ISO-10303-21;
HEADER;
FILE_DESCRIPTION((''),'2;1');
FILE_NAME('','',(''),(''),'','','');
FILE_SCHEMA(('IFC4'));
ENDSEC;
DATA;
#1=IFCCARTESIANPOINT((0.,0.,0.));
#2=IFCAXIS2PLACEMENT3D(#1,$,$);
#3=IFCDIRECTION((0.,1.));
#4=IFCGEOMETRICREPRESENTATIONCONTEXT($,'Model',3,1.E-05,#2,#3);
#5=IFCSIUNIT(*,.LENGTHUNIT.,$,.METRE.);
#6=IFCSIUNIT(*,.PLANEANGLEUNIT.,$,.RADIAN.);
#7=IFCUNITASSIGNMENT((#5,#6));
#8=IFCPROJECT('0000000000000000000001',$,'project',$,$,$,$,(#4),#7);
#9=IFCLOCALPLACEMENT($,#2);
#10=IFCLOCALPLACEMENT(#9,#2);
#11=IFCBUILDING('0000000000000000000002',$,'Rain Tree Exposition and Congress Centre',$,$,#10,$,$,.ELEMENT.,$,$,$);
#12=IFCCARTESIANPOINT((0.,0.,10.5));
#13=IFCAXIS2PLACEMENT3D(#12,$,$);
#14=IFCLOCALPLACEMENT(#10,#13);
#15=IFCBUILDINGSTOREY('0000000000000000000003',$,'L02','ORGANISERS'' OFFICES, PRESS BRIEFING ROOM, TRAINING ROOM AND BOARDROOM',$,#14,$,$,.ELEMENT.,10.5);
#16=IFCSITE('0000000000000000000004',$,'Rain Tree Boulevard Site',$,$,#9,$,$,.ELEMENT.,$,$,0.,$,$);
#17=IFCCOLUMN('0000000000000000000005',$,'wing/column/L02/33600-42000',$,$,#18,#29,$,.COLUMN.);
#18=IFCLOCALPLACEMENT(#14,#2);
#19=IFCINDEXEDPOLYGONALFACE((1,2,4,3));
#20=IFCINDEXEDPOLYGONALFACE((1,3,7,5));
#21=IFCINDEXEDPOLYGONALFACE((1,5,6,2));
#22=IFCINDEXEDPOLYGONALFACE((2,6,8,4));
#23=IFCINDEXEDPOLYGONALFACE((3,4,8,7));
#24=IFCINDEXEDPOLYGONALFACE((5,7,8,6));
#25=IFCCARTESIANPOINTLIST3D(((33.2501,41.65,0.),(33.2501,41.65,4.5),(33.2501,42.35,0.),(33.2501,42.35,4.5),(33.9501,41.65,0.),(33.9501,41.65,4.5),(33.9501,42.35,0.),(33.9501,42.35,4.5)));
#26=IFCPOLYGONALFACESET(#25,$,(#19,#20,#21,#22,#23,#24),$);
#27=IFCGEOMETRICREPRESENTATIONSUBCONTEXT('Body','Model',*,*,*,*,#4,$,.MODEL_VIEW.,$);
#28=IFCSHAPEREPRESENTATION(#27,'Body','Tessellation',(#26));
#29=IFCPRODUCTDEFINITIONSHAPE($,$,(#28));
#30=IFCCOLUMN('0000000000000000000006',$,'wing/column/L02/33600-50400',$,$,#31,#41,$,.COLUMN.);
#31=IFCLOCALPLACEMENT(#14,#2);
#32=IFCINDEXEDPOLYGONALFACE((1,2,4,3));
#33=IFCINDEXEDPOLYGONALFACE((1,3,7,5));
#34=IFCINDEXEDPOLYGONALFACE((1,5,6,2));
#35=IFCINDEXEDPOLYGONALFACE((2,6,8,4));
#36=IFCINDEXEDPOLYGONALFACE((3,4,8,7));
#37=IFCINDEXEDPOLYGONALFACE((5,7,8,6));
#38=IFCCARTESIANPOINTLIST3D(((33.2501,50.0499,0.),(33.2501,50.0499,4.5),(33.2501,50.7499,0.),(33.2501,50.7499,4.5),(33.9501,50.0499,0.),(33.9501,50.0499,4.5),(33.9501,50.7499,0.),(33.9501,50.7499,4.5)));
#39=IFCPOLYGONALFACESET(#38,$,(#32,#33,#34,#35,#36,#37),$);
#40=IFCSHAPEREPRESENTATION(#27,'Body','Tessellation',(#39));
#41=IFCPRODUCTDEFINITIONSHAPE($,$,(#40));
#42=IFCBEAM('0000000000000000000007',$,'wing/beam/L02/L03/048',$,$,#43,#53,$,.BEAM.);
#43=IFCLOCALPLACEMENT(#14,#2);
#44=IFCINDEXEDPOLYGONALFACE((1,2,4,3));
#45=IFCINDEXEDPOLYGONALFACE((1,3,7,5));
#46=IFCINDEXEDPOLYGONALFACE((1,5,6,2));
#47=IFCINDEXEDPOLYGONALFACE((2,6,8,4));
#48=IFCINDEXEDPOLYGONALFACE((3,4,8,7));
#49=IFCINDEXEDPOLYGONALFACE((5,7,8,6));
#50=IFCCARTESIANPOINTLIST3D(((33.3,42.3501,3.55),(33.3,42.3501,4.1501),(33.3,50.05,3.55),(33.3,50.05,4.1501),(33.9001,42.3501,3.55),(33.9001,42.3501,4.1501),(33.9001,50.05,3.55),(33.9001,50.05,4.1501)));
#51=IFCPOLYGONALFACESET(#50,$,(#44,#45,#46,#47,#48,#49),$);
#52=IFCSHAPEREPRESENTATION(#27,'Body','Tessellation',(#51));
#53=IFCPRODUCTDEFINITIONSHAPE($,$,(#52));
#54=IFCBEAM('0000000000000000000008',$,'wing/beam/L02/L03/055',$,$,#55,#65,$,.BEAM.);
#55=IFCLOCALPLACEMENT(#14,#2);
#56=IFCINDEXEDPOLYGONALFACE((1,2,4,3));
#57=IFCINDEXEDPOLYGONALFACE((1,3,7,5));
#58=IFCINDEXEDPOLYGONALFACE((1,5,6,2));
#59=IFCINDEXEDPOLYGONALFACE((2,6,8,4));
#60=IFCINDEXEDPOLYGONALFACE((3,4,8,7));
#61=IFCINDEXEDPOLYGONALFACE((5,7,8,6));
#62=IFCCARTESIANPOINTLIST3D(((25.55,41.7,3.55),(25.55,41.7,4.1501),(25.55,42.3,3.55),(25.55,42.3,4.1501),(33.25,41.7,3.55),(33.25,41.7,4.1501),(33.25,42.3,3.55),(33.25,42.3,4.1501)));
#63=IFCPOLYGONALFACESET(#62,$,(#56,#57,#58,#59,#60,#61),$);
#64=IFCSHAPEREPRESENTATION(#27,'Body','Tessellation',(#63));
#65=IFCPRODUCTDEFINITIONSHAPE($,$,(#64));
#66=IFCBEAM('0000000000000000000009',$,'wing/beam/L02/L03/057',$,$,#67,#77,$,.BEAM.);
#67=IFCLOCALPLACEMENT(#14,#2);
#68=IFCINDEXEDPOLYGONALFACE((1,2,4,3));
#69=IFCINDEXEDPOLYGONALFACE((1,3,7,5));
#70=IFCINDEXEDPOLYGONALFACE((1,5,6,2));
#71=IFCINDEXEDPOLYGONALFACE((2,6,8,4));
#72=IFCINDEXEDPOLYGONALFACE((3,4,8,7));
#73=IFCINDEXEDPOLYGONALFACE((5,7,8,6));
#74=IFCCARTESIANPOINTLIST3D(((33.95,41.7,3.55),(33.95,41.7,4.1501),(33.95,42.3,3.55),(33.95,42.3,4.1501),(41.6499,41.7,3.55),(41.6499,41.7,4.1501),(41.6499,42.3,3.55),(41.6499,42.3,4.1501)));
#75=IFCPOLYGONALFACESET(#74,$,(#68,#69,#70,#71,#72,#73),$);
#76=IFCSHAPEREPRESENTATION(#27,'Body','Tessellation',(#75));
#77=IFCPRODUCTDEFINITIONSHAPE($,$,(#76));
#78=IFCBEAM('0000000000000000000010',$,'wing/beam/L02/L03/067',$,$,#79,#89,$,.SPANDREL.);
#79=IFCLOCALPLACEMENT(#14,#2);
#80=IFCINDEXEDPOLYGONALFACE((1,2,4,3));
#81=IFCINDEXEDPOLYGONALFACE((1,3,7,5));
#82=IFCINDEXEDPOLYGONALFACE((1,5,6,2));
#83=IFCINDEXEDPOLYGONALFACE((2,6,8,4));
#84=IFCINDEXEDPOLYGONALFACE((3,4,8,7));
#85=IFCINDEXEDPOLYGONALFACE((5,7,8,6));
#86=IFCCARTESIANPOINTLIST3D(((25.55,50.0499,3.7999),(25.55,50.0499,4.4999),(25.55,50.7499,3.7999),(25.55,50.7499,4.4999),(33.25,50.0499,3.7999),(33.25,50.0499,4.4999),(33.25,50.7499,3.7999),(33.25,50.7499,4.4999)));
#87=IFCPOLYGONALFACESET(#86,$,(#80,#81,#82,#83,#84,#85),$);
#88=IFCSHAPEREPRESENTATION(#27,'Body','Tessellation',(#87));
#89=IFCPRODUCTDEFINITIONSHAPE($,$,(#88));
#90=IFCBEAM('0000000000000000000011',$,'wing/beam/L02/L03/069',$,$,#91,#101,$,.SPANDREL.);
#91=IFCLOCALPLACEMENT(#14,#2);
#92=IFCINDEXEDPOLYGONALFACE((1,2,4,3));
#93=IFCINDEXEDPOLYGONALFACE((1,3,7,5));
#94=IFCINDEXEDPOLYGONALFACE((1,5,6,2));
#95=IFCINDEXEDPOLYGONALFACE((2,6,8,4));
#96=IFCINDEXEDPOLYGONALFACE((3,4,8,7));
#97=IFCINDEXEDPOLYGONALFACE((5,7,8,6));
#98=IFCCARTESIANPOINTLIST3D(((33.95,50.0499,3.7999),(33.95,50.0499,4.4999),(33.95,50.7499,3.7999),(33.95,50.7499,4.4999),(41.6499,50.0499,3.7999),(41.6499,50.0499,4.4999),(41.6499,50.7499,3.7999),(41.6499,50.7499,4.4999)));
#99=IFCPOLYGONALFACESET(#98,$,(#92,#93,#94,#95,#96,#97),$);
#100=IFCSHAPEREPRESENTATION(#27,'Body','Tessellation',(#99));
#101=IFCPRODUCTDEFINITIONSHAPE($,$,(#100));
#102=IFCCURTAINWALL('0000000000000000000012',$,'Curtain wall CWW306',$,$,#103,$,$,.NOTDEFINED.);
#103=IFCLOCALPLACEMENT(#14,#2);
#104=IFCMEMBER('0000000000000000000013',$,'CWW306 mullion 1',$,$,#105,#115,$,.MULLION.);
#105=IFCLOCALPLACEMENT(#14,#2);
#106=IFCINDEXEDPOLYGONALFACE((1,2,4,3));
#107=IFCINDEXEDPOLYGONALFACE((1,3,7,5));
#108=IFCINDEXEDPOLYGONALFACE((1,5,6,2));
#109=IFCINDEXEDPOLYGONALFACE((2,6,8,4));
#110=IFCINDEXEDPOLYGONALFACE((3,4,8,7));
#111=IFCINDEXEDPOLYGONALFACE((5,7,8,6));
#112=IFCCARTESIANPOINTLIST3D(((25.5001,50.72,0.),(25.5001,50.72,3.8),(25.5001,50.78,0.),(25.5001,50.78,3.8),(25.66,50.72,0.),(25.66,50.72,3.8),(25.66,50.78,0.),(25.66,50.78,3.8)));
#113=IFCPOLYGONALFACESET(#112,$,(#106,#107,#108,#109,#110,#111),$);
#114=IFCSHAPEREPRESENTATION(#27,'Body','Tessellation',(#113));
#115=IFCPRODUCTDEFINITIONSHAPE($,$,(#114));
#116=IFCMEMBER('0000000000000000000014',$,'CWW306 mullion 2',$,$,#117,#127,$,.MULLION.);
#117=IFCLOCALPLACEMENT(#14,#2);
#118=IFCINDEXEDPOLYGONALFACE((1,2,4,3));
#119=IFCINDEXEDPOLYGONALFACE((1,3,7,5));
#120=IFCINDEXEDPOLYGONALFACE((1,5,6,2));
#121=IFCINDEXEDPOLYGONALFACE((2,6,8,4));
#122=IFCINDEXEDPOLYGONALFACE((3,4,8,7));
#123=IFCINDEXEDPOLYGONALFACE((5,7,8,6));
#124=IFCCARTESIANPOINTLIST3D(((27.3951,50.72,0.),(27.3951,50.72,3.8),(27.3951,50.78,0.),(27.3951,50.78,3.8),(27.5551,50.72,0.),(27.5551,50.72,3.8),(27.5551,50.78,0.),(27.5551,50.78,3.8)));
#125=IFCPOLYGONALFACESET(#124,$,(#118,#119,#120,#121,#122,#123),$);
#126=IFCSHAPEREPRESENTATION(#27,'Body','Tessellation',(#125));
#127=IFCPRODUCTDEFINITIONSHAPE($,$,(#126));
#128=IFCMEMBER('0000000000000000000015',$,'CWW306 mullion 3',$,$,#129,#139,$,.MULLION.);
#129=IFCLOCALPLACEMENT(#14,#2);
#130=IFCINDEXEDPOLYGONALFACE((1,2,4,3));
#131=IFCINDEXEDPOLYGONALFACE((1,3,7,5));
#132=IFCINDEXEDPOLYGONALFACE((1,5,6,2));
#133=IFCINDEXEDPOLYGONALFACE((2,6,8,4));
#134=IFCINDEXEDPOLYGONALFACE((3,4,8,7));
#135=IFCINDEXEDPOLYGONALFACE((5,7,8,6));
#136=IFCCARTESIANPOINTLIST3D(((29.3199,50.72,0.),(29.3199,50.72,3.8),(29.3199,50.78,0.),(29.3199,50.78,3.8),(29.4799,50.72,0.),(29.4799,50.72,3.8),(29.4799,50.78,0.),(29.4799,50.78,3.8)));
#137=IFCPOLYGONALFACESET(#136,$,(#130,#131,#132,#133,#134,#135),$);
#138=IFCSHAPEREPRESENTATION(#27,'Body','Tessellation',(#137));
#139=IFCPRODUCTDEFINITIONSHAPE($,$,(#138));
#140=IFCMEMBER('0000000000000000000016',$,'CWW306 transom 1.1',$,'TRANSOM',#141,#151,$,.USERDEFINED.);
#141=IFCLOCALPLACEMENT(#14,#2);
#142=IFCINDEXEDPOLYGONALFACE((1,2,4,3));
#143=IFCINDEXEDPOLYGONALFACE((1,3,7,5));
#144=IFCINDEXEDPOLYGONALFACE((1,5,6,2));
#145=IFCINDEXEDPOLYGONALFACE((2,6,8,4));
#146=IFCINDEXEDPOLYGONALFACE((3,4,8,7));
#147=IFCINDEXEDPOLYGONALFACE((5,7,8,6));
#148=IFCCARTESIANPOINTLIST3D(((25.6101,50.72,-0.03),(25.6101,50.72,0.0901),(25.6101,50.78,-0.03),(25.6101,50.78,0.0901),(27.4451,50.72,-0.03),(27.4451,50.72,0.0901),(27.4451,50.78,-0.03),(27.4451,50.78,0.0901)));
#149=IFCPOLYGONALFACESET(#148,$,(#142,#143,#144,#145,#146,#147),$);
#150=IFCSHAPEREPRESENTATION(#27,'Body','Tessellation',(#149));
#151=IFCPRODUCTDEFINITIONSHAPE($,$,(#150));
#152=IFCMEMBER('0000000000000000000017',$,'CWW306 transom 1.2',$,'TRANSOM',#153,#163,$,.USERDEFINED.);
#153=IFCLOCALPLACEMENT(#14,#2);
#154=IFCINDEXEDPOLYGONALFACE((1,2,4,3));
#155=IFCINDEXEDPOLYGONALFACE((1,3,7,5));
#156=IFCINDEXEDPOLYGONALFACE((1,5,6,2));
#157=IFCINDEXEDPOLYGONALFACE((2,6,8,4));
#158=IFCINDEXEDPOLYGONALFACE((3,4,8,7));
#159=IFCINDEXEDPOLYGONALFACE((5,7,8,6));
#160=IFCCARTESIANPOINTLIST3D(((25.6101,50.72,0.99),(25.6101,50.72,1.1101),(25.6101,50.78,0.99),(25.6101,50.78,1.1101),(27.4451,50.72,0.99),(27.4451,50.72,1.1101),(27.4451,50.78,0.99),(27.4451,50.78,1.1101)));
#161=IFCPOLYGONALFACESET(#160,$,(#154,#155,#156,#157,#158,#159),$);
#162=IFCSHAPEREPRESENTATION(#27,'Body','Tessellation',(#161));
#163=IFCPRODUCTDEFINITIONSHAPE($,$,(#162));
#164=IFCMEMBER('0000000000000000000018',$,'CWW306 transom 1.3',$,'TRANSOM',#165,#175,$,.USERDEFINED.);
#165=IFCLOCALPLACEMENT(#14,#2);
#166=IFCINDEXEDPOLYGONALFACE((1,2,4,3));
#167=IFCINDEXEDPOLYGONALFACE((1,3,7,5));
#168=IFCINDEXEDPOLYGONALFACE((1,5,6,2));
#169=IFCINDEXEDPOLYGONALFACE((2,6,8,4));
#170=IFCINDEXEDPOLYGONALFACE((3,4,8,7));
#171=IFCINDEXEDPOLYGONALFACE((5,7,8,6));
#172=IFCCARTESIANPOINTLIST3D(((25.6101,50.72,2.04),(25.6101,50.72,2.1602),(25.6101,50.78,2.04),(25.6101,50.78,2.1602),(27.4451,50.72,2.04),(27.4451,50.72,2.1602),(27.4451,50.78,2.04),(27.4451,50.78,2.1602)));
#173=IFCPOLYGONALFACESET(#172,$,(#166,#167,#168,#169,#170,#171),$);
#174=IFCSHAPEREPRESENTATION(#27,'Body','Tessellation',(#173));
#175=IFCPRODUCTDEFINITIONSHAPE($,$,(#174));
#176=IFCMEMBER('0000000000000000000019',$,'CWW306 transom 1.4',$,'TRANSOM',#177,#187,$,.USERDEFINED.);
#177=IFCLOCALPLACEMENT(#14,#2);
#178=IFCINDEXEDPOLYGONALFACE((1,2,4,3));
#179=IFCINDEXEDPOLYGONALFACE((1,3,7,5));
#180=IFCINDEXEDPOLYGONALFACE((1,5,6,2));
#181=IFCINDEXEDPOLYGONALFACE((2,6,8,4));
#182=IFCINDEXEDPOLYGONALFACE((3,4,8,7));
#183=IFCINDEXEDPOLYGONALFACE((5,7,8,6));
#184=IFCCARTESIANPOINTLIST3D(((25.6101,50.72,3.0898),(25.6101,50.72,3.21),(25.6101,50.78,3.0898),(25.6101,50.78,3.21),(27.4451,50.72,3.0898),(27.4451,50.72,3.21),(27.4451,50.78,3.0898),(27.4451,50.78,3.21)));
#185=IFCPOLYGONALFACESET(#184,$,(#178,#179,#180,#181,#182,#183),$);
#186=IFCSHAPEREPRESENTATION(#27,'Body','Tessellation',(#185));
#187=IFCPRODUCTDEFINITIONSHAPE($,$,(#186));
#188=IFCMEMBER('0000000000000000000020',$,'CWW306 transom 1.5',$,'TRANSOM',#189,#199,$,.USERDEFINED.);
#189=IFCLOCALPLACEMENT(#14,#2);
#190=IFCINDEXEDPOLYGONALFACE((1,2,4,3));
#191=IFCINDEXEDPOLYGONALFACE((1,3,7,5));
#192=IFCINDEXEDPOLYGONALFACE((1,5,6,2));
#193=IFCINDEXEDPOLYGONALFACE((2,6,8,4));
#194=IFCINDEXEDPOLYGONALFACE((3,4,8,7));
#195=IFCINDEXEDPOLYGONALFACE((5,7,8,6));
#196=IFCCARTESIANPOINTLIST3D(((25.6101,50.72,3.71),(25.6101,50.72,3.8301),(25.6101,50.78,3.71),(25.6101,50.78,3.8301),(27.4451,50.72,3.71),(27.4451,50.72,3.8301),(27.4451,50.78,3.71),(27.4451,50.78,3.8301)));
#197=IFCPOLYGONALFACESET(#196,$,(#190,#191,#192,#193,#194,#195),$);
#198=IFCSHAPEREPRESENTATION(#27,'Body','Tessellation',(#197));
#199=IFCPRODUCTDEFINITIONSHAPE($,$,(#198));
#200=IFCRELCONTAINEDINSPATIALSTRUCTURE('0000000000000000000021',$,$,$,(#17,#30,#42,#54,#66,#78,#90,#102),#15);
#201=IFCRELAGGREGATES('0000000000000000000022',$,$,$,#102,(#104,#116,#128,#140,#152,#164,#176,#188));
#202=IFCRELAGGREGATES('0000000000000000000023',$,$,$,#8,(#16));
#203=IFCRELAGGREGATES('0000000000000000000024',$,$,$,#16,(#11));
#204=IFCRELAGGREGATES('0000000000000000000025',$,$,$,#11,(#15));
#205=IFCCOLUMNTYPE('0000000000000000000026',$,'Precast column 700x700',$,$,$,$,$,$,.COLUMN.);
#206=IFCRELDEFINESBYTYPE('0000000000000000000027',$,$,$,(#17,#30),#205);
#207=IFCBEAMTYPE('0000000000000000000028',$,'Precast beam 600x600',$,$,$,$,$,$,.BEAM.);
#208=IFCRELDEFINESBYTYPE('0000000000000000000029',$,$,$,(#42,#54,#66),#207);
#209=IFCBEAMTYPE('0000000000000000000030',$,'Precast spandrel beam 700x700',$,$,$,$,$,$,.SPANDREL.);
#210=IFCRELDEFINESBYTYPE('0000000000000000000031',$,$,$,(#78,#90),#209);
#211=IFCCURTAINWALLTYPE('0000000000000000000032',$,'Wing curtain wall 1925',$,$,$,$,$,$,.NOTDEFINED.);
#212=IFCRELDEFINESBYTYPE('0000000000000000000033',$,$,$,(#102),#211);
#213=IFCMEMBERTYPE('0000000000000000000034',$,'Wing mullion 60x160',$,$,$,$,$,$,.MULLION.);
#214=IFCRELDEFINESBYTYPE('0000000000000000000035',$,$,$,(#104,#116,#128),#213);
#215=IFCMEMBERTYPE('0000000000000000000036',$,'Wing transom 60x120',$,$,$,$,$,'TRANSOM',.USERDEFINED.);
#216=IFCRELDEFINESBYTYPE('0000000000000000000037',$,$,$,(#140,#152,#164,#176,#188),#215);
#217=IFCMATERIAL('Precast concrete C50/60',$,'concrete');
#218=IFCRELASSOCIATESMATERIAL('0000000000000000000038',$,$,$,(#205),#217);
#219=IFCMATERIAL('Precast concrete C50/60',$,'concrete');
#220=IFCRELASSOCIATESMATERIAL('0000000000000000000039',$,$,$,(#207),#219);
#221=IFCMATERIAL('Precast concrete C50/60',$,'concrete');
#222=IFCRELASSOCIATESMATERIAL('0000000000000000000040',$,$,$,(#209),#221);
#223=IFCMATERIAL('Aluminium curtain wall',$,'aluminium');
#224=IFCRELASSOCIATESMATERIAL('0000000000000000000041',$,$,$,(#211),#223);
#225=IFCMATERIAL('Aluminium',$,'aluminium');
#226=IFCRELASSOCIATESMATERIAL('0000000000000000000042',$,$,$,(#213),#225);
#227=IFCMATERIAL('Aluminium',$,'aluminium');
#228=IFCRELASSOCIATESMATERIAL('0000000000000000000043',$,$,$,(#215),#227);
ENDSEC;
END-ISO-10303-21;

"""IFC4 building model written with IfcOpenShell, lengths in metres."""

from ifc_helpers import new_model, si_unit, direction, frame, origin, origin_2d, place, context, subcontext, project, spatial, rectangle, extrude, material, material_profile, profile_set, type_object, element, aggregate, save


model = new_model("IFC4")

# Units and contexts
model_context = context("Model", 3, precision=1e-05, world=origin(), true_north=direction((0.0, 1.0)))
body_context = subcontext(model_context, "Body", "Model", "MODEL_VIEW")
ifc_project = project(units=[si_unit("LENGTHUNIT", "METRE"), si_unit("PLANEANGLEUNIT", "RADIAN")], contexts=[model_context])

# Site, building, storey
site_placement = place(None, origin())
site = spatial("IfcSite", under=ifc_project, at=site_placement, Name="Rain Tree Boulevard Site", CompositionType="ELEMENT", RefElevation=0.0)
building_placement = place(site_placement, origin())
building = spatial("IfcBuilding", under=site, at=building_placement, Name="Rain Tree Exposition and Congress Centre", CompositionType="ELEMENT")
storey_placement = place(building_placement, frame((0.0, 0.0, 10.5)))
storey = spatial("IfcBuildingStorey", under=building, at=storey_placement, Name="L02", Description="ORGANISERS' OFFICES, PRESS BRIEFING ROOM, TRAINING ROOM AND BOARDROOM", CompositionType="ELEMENT", Elevation=10.5)

# Columns
ifc_material_1 = material(Name="Precast concrete C50/60", Category="concrete")
ifc_material_profile_1 = material_profile(ifc_material_1, rectangle(XDim=0.7, YDim=0.7, at=origin_2d()), Name="RC 700x700")
ifc_profile_set_1 = profile_set([ifc_material_profile_1], Name="Precast concrete C50/60")
column_type = type_object("IfcColumnType", Name="Precast column 700x700", PredefinedType="COLUMN", material=ifc_profile_set_1)
for number, where, z_axis, x_axis, name in (
    (1, (33.6001, 42.0, 0.0), (0.0, 0.0, 1.0), (1.0, 0.0, 0.0), "wing/column/L02/33600-42000"),
    (2, (33.6001, 50.3999, 0.0), (0.0, 0.0, 1.0), (1.0, 0.0, 0.0), "wing/column/L02/33600-50400"),
):
    element("IfcColumn", number, at=place(storey_placement, frame(where, z_axis=z_axis, x_axis=x_axis)), inside=storey, type_object=column_type, Name=name, PredefinedType="COLUMN", context=body_context, shape_type="SweptSolid", body=[
        extrude(rectangle(XDim=0.7, YDim=0.7, at=origin_2d()), origin(), (0.0, 0.0, 1.0), 4.5),
    ])

# Beams
ifc_material_2 = material(Name="Precast concrete C50/60", Category="concrete")
ifc_material_profile_2 = material_profile(ifc_material_2, rectangle(XDim=0.6001, YDim=0.6001, at=origin_2d()), Name="RC 600x600")
ifc_profile_set_2 = profile_set([ifc_material_profile_2], Name="Precast concrete C50/60")
beam_type_1 = type_object("IfcBeamType", Name="Precast beam 600x600", PredefinedType="BEAM", material=ifc_profile_set_2)
for number, where, z_axis, x_axis, name in (
    (3, (33.6001, 42.3501, 3.8501), (0.0, 1.0, 0.0), (-1.0, 0.0, 0.0), "wing/beam/L02/L03/048"),
    (4, (25.55, 42.0, 3.8501), (1.0, 0.0, 0.0), (0.0, 1.0, 0.0), "wing/beam/L02/L03/055"),
    (5, (33.95, 42.0, 3.8501), (1.0, 0.0, 0.0), (0.0, 1.0, 0.0), "wing/beam/L02/L03/057"),
):
    element("IfcBeam", number, at=place(storey_placement, frame(where, z_axis=z_axis, x_axis=x_axis)), inside=storey, type_object=beam_type_1, Name=name, PredefinedType="BEAM", context=body_context, shape_type="SweptSolid", body=[
        extrude(rectangle(XDim=0.6001, YDim=0.6001, at=origin_2d()), origin(), (0.0, 0.0, 1.0), 7.7),
    ])
ifc_material_3 = material(Name="Precast concrete C50/60", Category="concrete")
ifc_material_profile_3 = material_profile(ifc_material_3, rectangle(XDim=0.7, YDim=0.7, at=origin_2d()), Name="RC 700x700")
ifc_profile_set_3 = profile_set([ifc_material_profile_3], Name="Precast concrete C50/60")
beam_type_2 = type_object("IfcBeamType", Name="Precast spandrel beam 700x700", PredefinedType="SPANDREL", material=ifc_profile_set_3)
for number, where, z_axis, x_axis, name in (
    (6, (25.55, 50.3999, 4.1499), (1.0, 0.0, 0.0), (0.0, 1.0, 0.0), "wing/beam/L02/L03/067"),
    (7, (33.95, 50.3999, 4.1499), (1.0, 0.0, 0.0), (0.0, 1.0, 0.0), "wing/beam/L02/L03/069"),
):
    element("IfcBeam", number, at=place(storey_placement, frame(where, z_axis=z_axis, x_axis=x_axis)), inside=storey, type_object=beam_type_2, Name=name, PredefinedType="SPANDREL", context=body_context, shape_type="SweptSolid", body=[
        extrude(rectangle(XDim=0.7, YDim=0.7, at=origin_2d()), origin(), (0.0, 0.0, 1.0), 7.7),
    ])

# Curtain wall, members
ifc_material_4 = material(Name="Aluminium curtain wall", Category="aluminium")
curtain_wall_type = type_object("IfcCurtainWallType", Name="Wing curtain wall 1925", PredefinedType="NOTDEFINED", material=ifc_material_4)
curtain_wall_placement = place(storey_placement, origin())
curtain_wall = element("IfcCurtainWall", 8, at=curtain_wall_placement, inside=storey, type_object=curtain_wall_type, Name="Curtain wall CWW306", PredefinedType="NOTDEFINED")
ifc_material_5 = material(Name="Aluminium", Category="aluminium")
ifc_material_profile_4 = material_profile(ifc_material_5, rectangle(XDim=0.0601, YDim=0.1599, at=origin_2d()), Name="Aluminium 60x160")
ifc_profile_set_4 = profile_set([ifc_material_profile_4], Name="Aluminium")
member_type_1 = type_object("IfcMemberType", Name="Wing mullion 60x160", PredefinedType="MULLION", material=ifc_profile_set_4)
member_1_placement = place(storey_placement, frame((25.5801, 50.75, 0.0), z_axis=(0.0, 0.0, 1.0), x_axis=(0.0, 1.0, 0.0)))
member_1 = element("IfcMember", 9, at=member_1_placement, type_object=member_type_1, Name="CWW306 mullion 1", PredefinedType="MULLION", context=body_context, shape_type="SweptSolid", body=[
    extrude(rectangle(XDim=0.0601, YDim=0.1599, at=origin_2d()), origin(), (0.0, 0.0, 1.0), 3.8),
])
member_2_placement = place(storey_placement, frame((27.4751, 50.75, 0.0), z_axis=(0.0, 0.0, 1.0), x_axis=(0.0, 1.0, 0.0)))
member_2 = element("IfcMember", 10, at=member_2_placement, type_object=member_type_1, Name="CWW306 mullion 2", PredefinedType="MULLION", context=body_context, shape_type="SweptSolid", body=[
    extrude(rectangle(XDim=0.0601, YDim=0.1599, at=origin_2d()), origin(), (0.0, 0.0, 1.0), 3.8),
])
member_3_placement = place(storey_placement, frame((29.3999, 50.75, 0.0), z_axis=(0.0, 0.0, 1.0), x_axis=(0.0, 1.0, 0.0)))
member_3 = element("IfcMember", 11, at=member_3_placement, type_object=member_type_1, Name="CWW306 mullion 3", PredefinedType="MULLION", context=body_context, shape_type="SweptSolid", body=[
    extrude(rectangle(XDim=0.0601, YDim=0.1599, at=origin_2d()), origin(), (0.0, 0.0, 1.0), 3.8),
])
ifc_material_6 = material(Name="Aluminium", Category="aluminium")
ifc_material_profile_5 = material_profile(ifc_material_6, rectangle(XDim=0.0601, YDim=0.1201, at=origin_2d()), Name="Aluminium 60x120")
ifc_profile_set_5 = profile_set([ifc_material_profile_5], Name="Aluminium")
member_type_2 = type_object("IfcMemberType", Name="Wing transom 60x120", ElementType="TRANSOM", PredefinedType="USERDEFINED", material=ifc_profile_set_5)
member_4_placement = place(storey_placement, frame((25.6101, 50.75, 0.03), z_axis=(1.0, 0.0, 0.0), x_axis=(0.0, 1.0, 0.0)))
member_4 = element("IfcMember", 12, at=member_4_placement, type_object=member_type_2, Name="CWW306 transom 1.1", ObjectType="TRANSOM", PredefinedType="USERDEFINED", context=body_context, shape_type="SweptSolid", body=[
    extrude(rectangle(XDim=0.0601, YDim=0.1201, at=origin_2d()), origin(), (0.0, 0.0, 1.0), 1.835),
])
member_5_placement = place(storey_placement, frame((25.6101, 50.75, 1.05), z_axis=(1.0, 0.0, 0.0), x_axis=(0.0, 1.0, 0.0)))
member_5 = element("IfcMember", 13, at=member_5_placement, type_object=member_type_2, Name="CWW306 transom 1.2", ObjectType="TRANSOM", PredefinedType="USERDEFINED", context=body_context, shape_type="SweptSolid", body=[
    extrude(rectangle(XDim=0.0601, YDim=0.1201, at=origin_2d()), origin(), (0.0, 0.0, 1.0), 1.835),
])
member_6_placement = place(storey_placement, frame((25.6101, 50.75, 2.1001), z_axis=(1.0, 0.0, 0.0), x_axis=(0.0, 1.0, 0.0)))
member_6 = element("IfcMember", 14, at=member_6_placement, type_object=member_type_2, Name="CWW306 transom 1.3", ObjectType="TRANSOM", PredefinedType="USERDEFINED", context=body_context, shape_type="SweptSolid", body=[
    extrude(rectangle(XDim=0.0601, YDim=0.1201, at=origin_2d()), origin(), (0.0, 0.0, 1.0), 1.835),
])
member_7_placement = place(storey_placement, frame((25.6101, 50.75, 3.1499), z_axis=(1.0, 0.0, 0.0), x_axis=(0.0, 1.0, 0.0)))
member_7 = element("IfcMember", 15, at=member_7_placement, type_object=member_type_2, Name="CWW306 transom 1.4", ObjectType="TRANSOM", PredefinedType="USERDEFINED", context=body_context, shape_type="SweptSolid", body=[
    extrude(rectangle(XDim=0.0601, YDim=0.1201, at=origin_2d()), origin(), (0.0, 0.0, 1.0), 1.835),
])
member_8_placement = place(storey_placement, frame((25.6101, 50.75, 3.77), z_axis=(1.0, 0.0, 0.0), x_axis=(0.0, 1.0, 0.0)))
member_8 = element("IfcMember", 16, at=member_8_placement, type_object=member_type_2, Name="CWW306 transom 1.5", ObjectType="TRANSOM", PredefinedType="USERDEFINED", context=body_context, shape_type="SweptSolid", body=[
    extrude(rectangle(XDim=0.0601, YDim=0.1201, at=origin_2d()), origin(), (0.0, 0.0, 1.0), 1.835),
])
aggregate(curtain_wall, [member_1, member_2, member_3, member_4, member_5, member_6, member_7, member_8])

save(model, "model.ifc")
